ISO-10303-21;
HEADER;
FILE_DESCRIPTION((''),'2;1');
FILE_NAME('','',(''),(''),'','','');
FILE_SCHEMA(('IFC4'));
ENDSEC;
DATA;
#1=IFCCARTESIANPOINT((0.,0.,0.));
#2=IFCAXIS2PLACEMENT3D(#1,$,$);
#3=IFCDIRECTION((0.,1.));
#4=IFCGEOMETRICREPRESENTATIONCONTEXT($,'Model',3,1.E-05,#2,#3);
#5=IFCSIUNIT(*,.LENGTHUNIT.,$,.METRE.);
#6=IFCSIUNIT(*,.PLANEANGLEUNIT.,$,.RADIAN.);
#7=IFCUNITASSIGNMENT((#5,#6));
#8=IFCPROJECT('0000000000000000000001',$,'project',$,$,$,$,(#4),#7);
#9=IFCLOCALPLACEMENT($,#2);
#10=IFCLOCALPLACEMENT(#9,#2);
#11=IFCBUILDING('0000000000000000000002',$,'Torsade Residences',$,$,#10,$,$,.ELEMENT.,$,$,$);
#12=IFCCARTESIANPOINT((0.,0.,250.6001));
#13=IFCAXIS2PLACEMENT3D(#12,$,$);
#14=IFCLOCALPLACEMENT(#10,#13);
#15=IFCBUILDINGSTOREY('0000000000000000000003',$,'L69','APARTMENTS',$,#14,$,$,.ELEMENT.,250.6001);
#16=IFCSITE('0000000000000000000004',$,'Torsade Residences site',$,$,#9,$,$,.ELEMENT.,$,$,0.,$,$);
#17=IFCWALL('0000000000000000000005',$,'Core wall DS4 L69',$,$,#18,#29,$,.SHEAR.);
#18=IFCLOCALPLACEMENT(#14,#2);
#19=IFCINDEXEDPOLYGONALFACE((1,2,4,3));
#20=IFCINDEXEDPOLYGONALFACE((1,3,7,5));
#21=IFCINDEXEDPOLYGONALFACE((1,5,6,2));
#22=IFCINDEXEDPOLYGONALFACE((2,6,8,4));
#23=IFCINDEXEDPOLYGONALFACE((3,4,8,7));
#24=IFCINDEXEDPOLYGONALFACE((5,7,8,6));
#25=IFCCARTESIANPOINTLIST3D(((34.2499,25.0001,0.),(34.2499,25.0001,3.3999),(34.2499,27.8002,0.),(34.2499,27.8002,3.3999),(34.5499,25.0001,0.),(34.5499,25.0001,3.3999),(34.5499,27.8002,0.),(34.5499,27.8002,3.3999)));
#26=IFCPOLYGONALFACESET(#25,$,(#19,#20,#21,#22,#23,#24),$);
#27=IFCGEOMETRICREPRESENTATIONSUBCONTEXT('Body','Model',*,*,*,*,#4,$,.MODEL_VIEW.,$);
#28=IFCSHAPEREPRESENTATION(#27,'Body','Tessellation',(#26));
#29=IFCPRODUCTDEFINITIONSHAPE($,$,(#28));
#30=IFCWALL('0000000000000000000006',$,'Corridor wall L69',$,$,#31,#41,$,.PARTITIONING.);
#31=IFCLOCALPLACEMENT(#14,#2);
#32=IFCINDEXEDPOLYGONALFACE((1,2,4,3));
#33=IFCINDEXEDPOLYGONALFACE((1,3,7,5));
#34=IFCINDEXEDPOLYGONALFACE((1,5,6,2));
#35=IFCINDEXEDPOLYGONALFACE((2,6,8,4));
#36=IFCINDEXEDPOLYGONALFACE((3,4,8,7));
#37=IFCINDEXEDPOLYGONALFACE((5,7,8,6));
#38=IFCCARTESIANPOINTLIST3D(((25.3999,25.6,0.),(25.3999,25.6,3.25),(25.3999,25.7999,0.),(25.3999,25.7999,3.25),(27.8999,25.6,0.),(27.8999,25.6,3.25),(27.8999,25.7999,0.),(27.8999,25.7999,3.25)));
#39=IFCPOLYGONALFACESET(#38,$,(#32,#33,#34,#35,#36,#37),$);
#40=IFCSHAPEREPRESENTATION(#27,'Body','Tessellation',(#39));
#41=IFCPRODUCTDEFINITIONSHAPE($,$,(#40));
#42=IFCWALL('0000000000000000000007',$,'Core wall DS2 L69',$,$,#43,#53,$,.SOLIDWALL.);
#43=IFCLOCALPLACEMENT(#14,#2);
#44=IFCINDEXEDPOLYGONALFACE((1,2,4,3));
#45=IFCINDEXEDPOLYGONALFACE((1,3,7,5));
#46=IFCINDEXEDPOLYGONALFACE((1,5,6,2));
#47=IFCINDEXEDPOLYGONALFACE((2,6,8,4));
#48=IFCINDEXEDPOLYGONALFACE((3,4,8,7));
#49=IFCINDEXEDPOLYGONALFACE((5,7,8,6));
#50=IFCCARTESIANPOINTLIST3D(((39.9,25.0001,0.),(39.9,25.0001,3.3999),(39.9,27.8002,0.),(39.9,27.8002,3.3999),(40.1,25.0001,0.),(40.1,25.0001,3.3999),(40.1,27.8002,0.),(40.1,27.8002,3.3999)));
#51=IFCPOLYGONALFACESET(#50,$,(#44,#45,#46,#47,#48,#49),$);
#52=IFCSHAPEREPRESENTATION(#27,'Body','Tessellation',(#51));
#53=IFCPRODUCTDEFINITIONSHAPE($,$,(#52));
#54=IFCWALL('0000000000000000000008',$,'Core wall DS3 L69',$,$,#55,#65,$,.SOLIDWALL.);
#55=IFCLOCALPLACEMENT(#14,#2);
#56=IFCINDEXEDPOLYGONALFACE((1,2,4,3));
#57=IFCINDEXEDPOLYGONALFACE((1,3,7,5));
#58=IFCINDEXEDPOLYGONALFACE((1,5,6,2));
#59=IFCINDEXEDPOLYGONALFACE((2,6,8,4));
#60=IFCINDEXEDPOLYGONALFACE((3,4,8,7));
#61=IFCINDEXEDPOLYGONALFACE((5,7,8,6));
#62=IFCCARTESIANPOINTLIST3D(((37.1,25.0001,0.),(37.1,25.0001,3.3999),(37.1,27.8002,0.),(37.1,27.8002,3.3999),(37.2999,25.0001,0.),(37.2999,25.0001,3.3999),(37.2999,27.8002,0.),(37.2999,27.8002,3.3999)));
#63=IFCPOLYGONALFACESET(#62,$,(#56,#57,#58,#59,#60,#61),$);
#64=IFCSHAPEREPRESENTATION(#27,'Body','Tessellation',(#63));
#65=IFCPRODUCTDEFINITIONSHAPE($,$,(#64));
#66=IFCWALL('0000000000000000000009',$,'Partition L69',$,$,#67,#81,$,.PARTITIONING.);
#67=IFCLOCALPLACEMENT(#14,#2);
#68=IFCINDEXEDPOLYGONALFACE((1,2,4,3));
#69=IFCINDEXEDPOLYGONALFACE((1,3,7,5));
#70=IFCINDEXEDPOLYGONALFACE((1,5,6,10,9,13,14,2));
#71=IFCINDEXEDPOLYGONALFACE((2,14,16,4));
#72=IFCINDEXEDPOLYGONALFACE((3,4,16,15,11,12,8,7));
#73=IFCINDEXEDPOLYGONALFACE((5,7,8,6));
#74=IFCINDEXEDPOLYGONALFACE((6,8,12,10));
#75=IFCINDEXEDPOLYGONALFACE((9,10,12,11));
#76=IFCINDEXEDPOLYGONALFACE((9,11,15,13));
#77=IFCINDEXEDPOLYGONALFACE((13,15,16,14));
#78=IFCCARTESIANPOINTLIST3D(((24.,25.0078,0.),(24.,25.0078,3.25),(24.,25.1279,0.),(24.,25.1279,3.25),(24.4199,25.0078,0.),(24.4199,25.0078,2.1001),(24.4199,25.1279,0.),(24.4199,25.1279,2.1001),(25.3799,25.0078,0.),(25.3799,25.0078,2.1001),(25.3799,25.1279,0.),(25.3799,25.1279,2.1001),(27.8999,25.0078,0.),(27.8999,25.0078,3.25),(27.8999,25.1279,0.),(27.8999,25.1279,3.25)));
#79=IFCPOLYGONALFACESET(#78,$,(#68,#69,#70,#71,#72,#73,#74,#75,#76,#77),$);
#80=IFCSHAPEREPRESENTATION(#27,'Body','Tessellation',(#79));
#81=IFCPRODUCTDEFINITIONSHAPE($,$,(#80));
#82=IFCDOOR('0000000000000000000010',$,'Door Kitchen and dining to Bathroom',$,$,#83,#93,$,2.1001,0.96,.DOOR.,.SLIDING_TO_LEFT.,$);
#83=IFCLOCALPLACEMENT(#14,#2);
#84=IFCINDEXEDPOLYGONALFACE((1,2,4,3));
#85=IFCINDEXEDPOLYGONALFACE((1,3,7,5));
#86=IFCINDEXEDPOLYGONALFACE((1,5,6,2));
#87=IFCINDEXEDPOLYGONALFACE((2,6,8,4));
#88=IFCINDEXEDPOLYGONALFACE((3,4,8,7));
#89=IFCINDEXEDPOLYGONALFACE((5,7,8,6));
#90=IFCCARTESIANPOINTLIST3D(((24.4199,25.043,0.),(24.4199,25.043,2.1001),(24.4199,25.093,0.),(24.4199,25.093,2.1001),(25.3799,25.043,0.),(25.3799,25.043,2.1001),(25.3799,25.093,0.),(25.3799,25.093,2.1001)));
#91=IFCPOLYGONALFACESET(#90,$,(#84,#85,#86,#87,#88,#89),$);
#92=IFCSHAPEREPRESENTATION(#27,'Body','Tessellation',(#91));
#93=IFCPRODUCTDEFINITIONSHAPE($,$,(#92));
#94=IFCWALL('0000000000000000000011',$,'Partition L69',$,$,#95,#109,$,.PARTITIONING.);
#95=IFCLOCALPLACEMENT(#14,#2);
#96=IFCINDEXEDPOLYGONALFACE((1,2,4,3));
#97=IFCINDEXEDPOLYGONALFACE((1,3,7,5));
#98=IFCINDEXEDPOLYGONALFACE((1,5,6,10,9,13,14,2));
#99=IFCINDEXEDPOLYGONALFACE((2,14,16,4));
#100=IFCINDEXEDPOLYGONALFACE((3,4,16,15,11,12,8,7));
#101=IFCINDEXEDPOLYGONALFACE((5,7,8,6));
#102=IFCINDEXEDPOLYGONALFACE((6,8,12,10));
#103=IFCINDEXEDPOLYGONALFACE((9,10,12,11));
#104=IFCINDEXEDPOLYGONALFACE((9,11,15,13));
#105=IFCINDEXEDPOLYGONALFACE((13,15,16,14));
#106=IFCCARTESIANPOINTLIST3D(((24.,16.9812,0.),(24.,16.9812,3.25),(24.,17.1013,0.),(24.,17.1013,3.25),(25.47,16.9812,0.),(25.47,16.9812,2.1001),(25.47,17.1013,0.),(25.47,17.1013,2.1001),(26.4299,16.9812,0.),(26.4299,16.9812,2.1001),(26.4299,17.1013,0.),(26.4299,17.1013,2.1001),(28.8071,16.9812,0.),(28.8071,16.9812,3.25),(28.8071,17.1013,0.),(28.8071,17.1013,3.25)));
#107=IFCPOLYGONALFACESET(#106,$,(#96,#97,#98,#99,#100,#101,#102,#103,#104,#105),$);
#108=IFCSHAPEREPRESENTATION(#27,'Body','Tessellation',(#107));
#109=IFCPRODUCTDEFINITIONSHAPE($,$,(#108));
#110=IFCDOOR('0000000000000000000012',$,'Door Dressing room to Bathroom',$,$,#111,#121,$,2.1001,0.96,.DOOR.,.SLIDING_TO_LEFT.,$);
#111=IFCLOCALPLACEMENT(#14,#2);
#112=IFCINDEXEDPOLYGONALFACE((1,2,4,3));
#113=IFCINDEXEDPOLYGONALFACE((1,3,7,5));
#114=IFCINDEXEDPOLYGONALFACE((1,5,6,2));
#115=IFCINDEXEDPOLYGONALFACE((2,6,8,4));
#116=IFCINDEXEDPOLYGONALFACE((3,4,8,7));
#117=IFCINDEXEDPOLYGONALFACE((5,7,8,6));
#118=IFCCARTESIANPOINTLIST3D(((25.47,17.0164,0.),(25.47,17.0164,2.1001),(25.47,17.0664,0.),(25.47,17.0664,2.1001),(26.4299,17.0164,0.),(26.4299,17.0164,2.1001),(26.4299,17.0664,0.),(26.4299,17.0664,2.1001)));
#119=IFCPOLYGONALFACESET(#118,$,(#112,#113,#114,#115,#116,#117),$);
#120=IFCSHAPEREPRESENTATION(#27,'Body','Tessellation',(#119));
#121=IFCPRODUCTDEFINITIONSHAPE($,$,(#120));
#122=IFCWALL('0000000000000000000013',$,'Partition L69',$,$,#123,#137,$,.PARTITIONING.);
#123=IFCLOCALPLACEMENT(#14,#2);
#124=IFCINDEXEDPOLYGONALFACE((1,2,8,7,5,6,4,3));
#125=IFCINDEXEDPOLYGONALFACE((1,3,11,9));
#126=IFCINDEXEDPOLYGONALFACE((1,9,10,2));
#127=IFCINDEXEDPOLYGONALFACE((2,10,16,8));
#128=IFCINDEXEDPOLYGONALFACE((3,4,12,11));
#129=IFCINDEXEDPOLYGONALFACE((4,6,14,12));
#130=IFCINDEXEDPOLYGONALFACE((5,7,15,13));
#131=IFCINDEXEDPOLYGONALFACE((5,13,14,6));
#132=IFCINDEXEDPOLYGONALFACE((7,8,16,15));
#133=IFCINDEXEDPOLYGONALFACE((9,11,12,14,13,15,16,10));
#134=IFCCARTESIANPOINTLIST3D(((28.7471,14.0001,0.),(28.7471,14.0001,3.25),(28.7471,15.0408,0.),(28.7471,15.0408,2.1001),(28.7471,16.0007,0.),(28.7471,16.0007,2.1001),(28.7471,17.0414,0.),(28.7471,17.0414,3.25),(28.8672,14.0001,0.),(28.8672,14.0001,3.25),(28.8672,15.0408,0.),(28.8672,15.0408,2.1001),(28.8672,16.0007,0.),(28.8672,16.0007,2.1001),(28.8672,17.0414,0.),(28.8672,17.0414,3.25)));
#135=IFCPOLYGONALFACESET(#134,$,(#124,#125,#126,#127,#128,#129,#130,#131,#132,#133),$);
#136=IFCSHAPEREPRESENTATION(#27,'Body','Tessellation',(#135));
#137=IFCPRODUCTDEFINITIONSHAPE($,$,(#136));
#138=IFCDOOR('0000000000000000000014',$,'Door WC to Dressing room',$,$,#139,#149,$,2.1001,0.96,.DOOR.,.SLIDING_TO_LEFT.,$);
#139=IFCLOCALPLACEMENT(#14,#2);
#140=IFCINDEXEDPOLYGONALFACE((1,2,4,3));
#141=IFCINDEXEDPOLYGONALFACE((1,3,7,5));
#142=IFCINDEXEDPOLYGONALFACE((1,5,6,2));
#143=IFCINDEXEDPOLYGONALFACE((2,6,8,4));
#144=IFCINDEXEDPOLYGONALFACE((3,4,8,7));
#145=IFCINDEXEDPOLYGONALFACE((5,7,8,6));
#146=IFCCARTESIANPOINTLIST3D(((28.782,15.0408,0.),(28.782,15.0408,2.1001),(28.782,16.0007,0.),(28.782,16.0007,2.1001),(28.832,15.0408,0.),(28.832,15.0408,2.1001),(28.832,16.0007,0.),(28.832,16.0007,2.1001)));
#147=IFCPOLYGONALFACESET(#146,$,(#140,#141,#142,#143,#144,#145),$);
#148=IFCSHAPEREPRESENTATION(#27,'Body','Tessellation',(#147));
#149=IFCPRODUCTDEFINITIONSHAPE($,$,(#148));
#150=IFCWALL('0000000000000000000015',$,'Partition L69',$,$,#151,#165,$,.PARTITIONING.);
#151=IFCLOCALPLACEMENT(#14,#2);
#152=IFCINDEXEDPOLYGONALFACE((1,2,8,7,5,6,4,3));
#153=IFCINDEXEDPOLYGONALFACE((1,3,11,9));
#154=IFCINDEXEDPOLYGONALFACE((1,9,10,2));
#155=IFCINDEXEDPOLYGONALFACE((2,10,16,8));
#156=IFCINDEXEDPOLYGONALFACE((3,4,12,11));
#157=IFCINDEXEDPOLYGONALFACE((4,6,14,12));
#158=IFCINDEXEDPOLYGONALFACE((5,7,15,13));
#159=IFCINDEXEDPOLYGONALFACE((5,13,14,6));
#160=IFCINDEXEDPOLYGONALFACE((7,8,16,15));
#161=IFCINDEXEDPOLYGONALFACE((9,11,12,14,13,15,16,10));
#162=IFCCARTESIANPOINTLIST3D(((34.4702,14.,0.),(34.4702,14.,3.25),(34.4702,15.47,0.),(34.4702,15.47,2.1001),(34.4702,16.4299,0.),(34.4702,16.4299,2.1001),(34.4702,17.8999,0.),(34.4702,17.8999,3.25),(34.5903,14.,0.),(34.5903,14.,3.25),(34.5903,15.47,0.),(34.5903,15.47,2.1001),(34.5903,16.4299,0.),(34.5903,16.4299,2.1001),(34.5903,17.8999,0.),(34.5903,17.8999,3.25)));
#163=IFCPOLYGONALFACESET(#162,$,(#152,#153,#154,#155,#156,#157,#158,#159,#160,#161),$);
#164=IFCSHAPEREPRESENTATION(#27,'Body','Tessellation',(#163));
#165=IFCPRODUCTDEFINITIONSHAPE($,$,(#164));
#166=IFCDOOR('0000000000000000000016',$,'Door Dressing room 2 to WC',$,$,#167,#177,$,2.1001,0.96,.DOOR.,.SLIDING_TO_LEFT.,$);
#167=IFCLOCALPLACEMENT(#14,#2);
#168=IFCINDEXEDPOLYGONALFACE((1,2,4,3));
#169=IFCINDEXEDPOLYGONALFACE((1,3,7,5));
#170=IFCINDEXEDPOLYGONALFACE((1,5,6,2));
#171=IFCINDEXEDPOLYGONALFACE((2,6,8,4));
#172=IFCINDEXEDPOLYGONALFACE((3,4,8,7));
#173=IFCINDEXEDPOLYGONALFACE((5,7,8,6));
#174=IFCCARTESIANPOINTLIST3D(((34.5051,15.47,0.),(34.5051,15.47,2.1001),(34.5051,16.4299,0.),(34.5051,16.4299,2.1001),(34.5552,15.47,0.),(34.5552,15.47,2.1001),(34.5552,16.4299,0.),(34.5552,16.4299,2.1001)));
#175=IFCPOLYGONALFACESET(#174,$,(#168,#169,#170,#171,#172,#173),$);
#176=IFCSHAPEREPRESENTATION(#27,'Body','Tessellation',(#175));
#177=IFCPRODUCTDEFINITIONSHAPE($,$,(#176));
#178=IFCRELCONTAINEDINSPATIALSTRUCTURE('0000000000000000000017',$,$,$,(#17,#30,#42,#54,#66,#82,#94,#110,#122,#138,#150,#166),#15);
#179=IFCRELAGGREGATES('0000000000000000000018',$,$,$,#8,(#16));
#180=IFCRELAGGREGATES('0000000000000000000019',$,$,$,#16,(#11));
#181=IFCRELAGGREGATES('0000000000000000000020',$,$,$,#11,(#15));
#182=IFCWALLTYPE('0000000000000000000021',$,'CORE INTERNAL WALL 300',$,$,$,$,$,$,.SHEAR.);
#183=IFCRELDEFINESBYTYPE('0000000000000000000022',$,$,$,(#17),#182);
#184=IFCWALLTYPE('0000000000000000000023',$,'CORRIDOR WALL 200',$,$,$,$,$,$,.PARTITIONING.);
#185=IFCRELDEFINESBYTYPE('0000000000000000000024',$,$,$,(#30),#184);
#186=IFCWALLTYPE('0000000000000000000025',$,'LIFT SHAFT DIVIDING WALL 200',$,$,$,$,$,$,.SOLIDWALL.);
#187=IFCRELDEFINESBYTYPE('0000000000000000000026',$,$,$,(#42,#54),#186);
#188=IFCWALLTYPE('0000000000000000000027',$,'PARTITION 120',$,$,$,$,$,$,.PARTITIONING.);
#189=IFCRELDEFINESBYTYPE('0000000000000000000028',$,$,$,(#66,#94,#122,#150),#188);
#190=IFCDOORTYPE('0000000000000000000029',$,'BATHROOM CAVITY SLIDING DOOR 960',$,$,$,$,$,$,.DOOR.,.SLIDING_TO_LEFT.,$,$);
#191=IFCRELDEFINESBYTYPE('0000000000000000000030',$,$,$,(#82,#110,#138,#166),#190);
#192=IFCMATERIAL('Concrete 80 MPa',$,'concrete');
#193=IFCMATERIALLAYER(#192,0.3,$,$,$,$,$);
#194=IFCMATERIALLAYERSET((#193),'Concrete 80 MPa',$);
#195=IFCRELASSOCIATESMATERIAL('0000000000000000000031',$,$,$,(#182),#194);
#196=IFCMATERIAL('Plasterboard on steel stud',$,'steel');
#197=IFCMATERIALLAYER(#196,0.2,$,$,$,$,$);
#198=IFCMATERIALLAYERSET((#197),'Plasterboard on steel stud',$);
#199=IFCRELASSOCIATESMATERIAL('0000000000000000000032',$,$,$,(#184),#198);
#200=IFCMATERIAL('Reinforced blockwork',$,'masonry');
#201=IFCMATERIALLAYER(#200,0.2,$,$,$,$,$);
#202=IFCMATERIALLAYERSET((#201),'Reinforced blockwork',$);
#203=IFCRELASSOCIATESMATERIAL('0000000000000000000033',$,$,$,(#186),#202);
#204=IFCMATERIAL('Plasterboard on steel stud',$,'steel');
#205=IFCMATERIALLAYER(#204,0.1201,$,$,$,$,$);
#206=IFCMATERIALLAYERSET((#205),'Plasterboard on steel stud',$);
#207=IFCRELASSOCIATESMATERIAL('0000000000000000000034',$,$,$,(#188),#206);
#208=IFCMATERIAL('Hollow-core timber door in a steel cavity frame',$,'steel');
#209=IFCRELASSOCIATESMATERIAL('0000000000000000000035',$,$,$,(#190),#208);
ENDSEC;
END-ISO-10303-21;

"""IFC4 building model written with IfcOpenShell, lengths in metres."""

from ifc_helpers import new_model, si_unit, direction, frame, frame_2d, origin, place, context, subcontext, project, spatial, rectangle, extrude, material, layer, layer_set, type_object, element, fill, save


model = new_model("IFC4")

# Units and contexts
model_context = context("Model", 3, precision=1e-05, world=origin(), true_north=direction((0.0, 1.0)))
body_context = subcontext(model_context, "Body", "Model", "MODEL_VIEW")
ifc_project = project(units=[si_unit("LENGTHUNIT", "METRE"), si_unit("PLANEANGLEUNIT", "RADIAN")], contexts=[model_context])

# Site, building, storey
site_placement = place(None, origin())
site = spatial("IfcSite", under=ifc_project, at=site_placement, Name="Torsade Residences site", CompositionType="ELEMENT", RefElevation=0.0)
building_placement = place(site_placement, origin())
building = spatial("IfcBuilding", under=site, at=building_placement, Name="Torsade Residences", CompositionType="ELEMENT")
storey_placement = place(building_placement, frame((0.0, 0.0, 250.6001)))
storey = spatial("IfcBuildingStorey", under=building, at=storey_placement, Name="L69", Description="APARTMENTS", CompositionType="ELEMENT", Elevation=250.6001)

# Walls
ifc_material_1 = material(Name="Concrete 80 MPa", Category="concrete")
ifc_layer_1 = layer(ifc_material_1, 0.3)
ifc_layer_set_1 = layer_set([ifc_layer_1], Name="Concrete 80 MPa")
wall_type_1 = type_object("IfcWallType", Name="CORE INTERNAL WALL 300", PredefinedType="SHEAR", material=ifc_layer_set_1)
wall_1_placement = place(storey_placement, frame((34.3999, 27.8, 0.0), z_axis=(0.0, 0.0, 1.0), x_axis=(0.0, -1.0, 0.0)))
element("IfcWall", 1, at=wall_1_placement, inside=storey, type_object=wall_type_1, Name="Core wall DS4 L69", PredefinedType="SHEAR", context=body_context, shape_type="SweptSolid", body=[
    extrude(rectangle(XDim=2.8, YDim=0.3, at=frame_2d((1.3999, 0.0))), origin(), (0.0, 0.0, 1.0), 3.3999),
])
ifc_material_2 = material(Name="Plasterboard on steel stud", Category="steel")
ifc_layer_2 = layer(ifc_material_2, 0.2)
ifc_layer_set_2 = layer_set([ifc_layer_2], Name="Plasterboard on steel stud")
wall_type_2 = type_object("IfcWallType", Name="CORRIDOR WALL 200", PredefinedType="PARTITIONING", material=ifc_layer_set_2)
wall_2_placement = place(storey_placement, frame((27.8999, 25.7, 0.0), z_axis=(0.0, 0.0, 1.0), x_axis=(-1.0, 0.0, 0.0)))
element("IfcWall", 2, at=wall_2_placement, inside=storey, type_object=wall_type_2, Name="Corridor wall L69", PredefinedType="PARTITIONING", context=body_context, shape_type="SweptSolid", body=[
    extrude(rectangle(XDim=2.5, YDim=0.2, at=frame_2d((1.25, 0.0))), origin(), (0.0, 0.0, 1.0), 3.25),
])
ifc_material_3 = material(Name="Reinforced blockwork", Category="masonry")
ifc_layer_3 = layer(ifc_material_3, 0.2)
ifc_layer_set_3 = layer_set([ifc_layer_3], Name="Reinforced blockwork")
wall_type_3 = type_object("IfcWallType", Name="LIFT SHAFT DIVIDING WALL 200", PredefinedType="SOLIDWALL", material=ifc_layer_set_3)
for number, where, z_axis, x_axis, name in (
    (3, (40.0, 27.8, 0.0), (0.0, 0.0, 1.0), (0.0, -1.0, 0.0), "Core wall DS2 L69"),
    (4, (37.2, 27.8, 0.0), (0.0, 0.0, 1.0), (0.0, -1.0, 0.0), "Core wall DS3 L69"),
):
    element("IfcWall", number, at=place(storey_placement, frame(where, z_axis=z_axis, x_axis=x_axis)), inside=storey, type_object=wall_type_3, Name=name, PredefinedType="SOLIDWALL", context=body_context, shape_type="SweptSolid", body=[
        extrude(rectangle(XDim=2.8, YDim=0.2, at=frame_2d((1.3999, 0.0))), origin(), (0.0, 0.0, 1.0), 3.3999),
    ])

# Walls, openings, doors
ifc_material_4 = material(Name="Plasterboard on steel stud", Category="steel")
ifc_layer_4 = layer(ifc_material_4, 0.1201)
ifc_layer_set_4 = layer_set([ifc_layer_4], Name="Plasterboard on steel stud")
wall_type_4 = type_object("IfcWallType", Name="PARTITION 120", PredefinedType="PARTITIONING", material=ifc_layer_set_4)
wall_3_placement = place(storey_placement, frame((27.8999, 25.0679, 0.0), z_axis=(0.0, 0.0, 1.0), x_axis=(-1.0, 0.0, 0.0)))
wall_3 = element("IfcWall", 5, at=wall_3_placement, inside=storey, type_object=wall_type_4, Name="Partition L69", PredefinedType="PARTITIONING", context=body_context, shape_type="SweptSolid", body=[
    extrude(rectangle(XDim=3.8999, YDim=0.1201, at=frame_2d((1.95, 0.0))), origin(), (0.0, 0.0, 1.0), 3.25),
])
opening_1_placement = place(wall_3_placement, frame((2.52, 0.0, 0.0)))
opening_1 = element("IfcOpeningElement", 6, at=opening_1_placement, cuts=wall_3, PredefinedType="OPENING", context=body_context, shape_type="SweptSolid", body=[
    extrude(rectangle(XDim=0.96, YDim=2.1001, at=frame_2d((0.48, 1.05))), frame((0.0, 0.0701, 0.0), z_axis=(0.0, -1.0, 0.0), x_axis=(1.0, 0.0, 0.0)), (0.0, 0.0, 1.0), 0.1401),
])
ifc_material_5 = material(Name="Hollow-core timber door in a steel cavity frame", Category="steel")
door_type_1 = type_object("IfcDoorType", Name="BATHROOM CAVITY SLIDING DOOR 960", OperationType="SLIDING_TO_LEFT", PredefinedType="DOOR", material=ifc_material_5)
door_1_placement = place(opening_1_placement, origin())
door_1 = element("IfcDoor", 7, at=door_1_placement, inside=storey, type_object=door_type_1, Name="Door Kitchen and dining to Bathroom", OperationType="SLIDING_TO_LEFT", OverallHeight=2.1001, OverallWidth=0.96, PredefinedType="DOOR", context=body_context, shape_type="SweptSolid", body=[
    extrude(rectangle(XDim=0.96, YDim=2.1001, at=frame_2d((0.48, 1.05))), frame((0.0, 0.0249, 0.0), z_axis=(0.0, -1.0, 0.0), x_axis=(1.0, 0.0, 0.0)), (0.0, 0.0, 1.0), 0.05),
])
fill(opening_1, door_1)
wall_4_placement = place(storey_placement, frame((28.8071, 17.0413, 0.0), z_axis=(0.0, 0.0, 1.0), x_axis=(-1.0, 0.0, 0.0)))
wall_4 = element("IfcWall", 8, at=wall_4_placement, inside=storey, type_object=wall_type_4, Name="Partition L69", PredefinedType="PARTITIONING", context=body_context, shape_type="SweptSolid", body=[
    extrude(rectangle(XDim=4.8071, YDim=0.1201, at=frame_2d((2.4036, 0.0))), origin(), (0.0, 0.0, 1.0), 3.25),
])
opening_2_placement = place(wall_4_placement, frame((2.3772, 0.0, 0.0)))
opening_2 = element("IfcOpeningElement", 9, at=opening_2_placement, cuts=wall_4, PredefinedType="OPENING", context=body_context, shape_type="SweptSolid", body=[
    extrude(rectangle(XDim=0.96, YDim=2.1001, at=frame_2d((0.48, 1.05))), frame((0.0, 0.0701, 0.0), z_axis=(0.0, -1.0, 0.0), x_axis=(1.0, 0.0, 0.0)), (0.0, 0.0, 1.0), 0.1401),
])
door_2_placement = place(opening_2_placement, origin())
door_2 = element("IfcDoor", 10, at=door_2_placement, inside=storey, type_object=door_type_1, Name="Door Dressing room to Bathroom", OperationType="SLIDING_TO_LEFT", OverallHeight=2.1001, OverallWidth=0.96, PredefinedType="DOOR", context=body_context, shape_type="SweptSolid", body=[
    extrude(rectangle(XDim=0.96, YDim=2.1001, at=frame_2d((0.48, 1.05))), frame((0.0, 0.0249, 0.0), z_axis=(0.0, -1.0, 0.0), x_axis=(1.0, 0.0, 0.0)), (0.0, 0.0, 1.0), 0.05),
])
fill(opening_2, door_2)
wall_5_placement = place(storey_placement, frame((28.8071, 17.0413, 0.0), z_axis=(0.0, 0.0, 1.0), x_axis=(0.0, -1.0, 0.0)))
wall_5 = element("IfcWall", 11, at=wall_5_placement, inside=storey, type_object=wall_type_4, Name="Partition L69", PredefinedType="PARTITIONING", context=body_context, shape_type="SweptSolid", body=[
    extrude(rectangle(XDim=3.0413, YDim=0.1201, at=frame_2d((1.5205, 0.0))), origin(), (0.0, 0.0, 1.0), 3.25),
])
opening_3_placement = place(wall_5_placement, frame((1.0405, 0.0, 0.0)))
opening_3 = element("IfcOpeningElement", 12, at=opening_3_placement, cuts=wall_5, PredefinedType="OPENING", context=body_context, shape_type="SweptSolid", body=[
    extrude(rectangle(XDim=0.96, YDim=2.1001, at=frame_2d((0.48, 1.05))), frame((0.0, 0.0701, 0.0), z_axis=(0.0, -1.0, 0.0), x_axis=(1.0, 0.0, 0.0)), (0.0, 0.0, 1.0), 0.1401),
])
door_3_placement = place(opening_3_placement, origin())
door_3 = element("IfcDoor", 13, at=door_3_placement, inside=storey, type_object=door_type_1, Name="Door WC to Dressing room", OperationType="SLIDING_TO_LEFT", OverallHeight=2.1001, OverallWidth=0.96, PredefinedType="DOOR", context=body_context, shape_type="SweptSolid", body=[
    extrude(rectangle(XDim=0.96, YDim=2.1001, at=frame_2d((0.48, 1.05))), frame((0.0, 0.0249, 0.0), z_axis=(0.0, -1.0, 0.0), x_axis=(1.0, 0.0, 0.0)), (0.0, 0.0, 1.0), 0.05),
])
fill(opening_3, door_3)
wall_6_placement = place(storey_placement, frame((34.5303, 17.8999, 0.0), z_axis=(0.0, 0.0, 1.0), x_axis=(0.0, -1.0, 0.0)))
wall_6 = element("IfcWall", 14, at=wall_6_placement, inside=storey, type_object=wall_type_4, Name="Partition L69", PredefinedType="PARTITIONING", context=body_context, shape_type="SweptSolid", body=[
    extrude(rectangle(XDim=3.8999, YDim=0.1201, at=frame_2d((1.95, 0.0))), origin(), (0.0, 0.0, 1.0), 3.25),
])
opening_4_placement = place(wall_6_placement, frame((1.47, 0.0, 0.0)))
opening_4 = element("IfcOpeningElement", 15, at=opening_4_placement, cuts=wall_6, PredefinedType="OPENING", context=body_context, shape_type="SweptSolid", body=[
    extrude(rectangle(XDim=0.96, YDim=2.1001, at=frame_2d((0.48, 1.05))), frame((0.0, 0.0701, 0.0), z_axis=(0.0, -1.0, 0.0), x_axis=(1.0, 0.0, 0.0)), (0.0, 0.0, 1.0), 0.1401),
])
door_4_placement = place(opening_4_placement, origin())
door_4 = element("IfcDoor", 16, at=door_4_placement, inside=storey, type_object=door_type_1, Name="Door Dressing room 2 to WC", OperationType="SLIDING_TO_LEFT", OverallHeight=2.1001, OverallWidth=0.96, PredefinedType="DOOR", context=body_context, shape_type="SweptSolid", body=[
    extrude(rectangle(XDim=0.96, YDim=2.1001, at=frame_2d((0.48, 1.05))), frame((0.0, 0.0249, 0.0), z_axis=(0.0, -1.0, 0.0), x_axis=(1.0, 0.0, 0.0)), (0.0, 0.0, 1.0), 0.05),
])
fill(opening_4, door_4)

save(model, "model.ifc")
